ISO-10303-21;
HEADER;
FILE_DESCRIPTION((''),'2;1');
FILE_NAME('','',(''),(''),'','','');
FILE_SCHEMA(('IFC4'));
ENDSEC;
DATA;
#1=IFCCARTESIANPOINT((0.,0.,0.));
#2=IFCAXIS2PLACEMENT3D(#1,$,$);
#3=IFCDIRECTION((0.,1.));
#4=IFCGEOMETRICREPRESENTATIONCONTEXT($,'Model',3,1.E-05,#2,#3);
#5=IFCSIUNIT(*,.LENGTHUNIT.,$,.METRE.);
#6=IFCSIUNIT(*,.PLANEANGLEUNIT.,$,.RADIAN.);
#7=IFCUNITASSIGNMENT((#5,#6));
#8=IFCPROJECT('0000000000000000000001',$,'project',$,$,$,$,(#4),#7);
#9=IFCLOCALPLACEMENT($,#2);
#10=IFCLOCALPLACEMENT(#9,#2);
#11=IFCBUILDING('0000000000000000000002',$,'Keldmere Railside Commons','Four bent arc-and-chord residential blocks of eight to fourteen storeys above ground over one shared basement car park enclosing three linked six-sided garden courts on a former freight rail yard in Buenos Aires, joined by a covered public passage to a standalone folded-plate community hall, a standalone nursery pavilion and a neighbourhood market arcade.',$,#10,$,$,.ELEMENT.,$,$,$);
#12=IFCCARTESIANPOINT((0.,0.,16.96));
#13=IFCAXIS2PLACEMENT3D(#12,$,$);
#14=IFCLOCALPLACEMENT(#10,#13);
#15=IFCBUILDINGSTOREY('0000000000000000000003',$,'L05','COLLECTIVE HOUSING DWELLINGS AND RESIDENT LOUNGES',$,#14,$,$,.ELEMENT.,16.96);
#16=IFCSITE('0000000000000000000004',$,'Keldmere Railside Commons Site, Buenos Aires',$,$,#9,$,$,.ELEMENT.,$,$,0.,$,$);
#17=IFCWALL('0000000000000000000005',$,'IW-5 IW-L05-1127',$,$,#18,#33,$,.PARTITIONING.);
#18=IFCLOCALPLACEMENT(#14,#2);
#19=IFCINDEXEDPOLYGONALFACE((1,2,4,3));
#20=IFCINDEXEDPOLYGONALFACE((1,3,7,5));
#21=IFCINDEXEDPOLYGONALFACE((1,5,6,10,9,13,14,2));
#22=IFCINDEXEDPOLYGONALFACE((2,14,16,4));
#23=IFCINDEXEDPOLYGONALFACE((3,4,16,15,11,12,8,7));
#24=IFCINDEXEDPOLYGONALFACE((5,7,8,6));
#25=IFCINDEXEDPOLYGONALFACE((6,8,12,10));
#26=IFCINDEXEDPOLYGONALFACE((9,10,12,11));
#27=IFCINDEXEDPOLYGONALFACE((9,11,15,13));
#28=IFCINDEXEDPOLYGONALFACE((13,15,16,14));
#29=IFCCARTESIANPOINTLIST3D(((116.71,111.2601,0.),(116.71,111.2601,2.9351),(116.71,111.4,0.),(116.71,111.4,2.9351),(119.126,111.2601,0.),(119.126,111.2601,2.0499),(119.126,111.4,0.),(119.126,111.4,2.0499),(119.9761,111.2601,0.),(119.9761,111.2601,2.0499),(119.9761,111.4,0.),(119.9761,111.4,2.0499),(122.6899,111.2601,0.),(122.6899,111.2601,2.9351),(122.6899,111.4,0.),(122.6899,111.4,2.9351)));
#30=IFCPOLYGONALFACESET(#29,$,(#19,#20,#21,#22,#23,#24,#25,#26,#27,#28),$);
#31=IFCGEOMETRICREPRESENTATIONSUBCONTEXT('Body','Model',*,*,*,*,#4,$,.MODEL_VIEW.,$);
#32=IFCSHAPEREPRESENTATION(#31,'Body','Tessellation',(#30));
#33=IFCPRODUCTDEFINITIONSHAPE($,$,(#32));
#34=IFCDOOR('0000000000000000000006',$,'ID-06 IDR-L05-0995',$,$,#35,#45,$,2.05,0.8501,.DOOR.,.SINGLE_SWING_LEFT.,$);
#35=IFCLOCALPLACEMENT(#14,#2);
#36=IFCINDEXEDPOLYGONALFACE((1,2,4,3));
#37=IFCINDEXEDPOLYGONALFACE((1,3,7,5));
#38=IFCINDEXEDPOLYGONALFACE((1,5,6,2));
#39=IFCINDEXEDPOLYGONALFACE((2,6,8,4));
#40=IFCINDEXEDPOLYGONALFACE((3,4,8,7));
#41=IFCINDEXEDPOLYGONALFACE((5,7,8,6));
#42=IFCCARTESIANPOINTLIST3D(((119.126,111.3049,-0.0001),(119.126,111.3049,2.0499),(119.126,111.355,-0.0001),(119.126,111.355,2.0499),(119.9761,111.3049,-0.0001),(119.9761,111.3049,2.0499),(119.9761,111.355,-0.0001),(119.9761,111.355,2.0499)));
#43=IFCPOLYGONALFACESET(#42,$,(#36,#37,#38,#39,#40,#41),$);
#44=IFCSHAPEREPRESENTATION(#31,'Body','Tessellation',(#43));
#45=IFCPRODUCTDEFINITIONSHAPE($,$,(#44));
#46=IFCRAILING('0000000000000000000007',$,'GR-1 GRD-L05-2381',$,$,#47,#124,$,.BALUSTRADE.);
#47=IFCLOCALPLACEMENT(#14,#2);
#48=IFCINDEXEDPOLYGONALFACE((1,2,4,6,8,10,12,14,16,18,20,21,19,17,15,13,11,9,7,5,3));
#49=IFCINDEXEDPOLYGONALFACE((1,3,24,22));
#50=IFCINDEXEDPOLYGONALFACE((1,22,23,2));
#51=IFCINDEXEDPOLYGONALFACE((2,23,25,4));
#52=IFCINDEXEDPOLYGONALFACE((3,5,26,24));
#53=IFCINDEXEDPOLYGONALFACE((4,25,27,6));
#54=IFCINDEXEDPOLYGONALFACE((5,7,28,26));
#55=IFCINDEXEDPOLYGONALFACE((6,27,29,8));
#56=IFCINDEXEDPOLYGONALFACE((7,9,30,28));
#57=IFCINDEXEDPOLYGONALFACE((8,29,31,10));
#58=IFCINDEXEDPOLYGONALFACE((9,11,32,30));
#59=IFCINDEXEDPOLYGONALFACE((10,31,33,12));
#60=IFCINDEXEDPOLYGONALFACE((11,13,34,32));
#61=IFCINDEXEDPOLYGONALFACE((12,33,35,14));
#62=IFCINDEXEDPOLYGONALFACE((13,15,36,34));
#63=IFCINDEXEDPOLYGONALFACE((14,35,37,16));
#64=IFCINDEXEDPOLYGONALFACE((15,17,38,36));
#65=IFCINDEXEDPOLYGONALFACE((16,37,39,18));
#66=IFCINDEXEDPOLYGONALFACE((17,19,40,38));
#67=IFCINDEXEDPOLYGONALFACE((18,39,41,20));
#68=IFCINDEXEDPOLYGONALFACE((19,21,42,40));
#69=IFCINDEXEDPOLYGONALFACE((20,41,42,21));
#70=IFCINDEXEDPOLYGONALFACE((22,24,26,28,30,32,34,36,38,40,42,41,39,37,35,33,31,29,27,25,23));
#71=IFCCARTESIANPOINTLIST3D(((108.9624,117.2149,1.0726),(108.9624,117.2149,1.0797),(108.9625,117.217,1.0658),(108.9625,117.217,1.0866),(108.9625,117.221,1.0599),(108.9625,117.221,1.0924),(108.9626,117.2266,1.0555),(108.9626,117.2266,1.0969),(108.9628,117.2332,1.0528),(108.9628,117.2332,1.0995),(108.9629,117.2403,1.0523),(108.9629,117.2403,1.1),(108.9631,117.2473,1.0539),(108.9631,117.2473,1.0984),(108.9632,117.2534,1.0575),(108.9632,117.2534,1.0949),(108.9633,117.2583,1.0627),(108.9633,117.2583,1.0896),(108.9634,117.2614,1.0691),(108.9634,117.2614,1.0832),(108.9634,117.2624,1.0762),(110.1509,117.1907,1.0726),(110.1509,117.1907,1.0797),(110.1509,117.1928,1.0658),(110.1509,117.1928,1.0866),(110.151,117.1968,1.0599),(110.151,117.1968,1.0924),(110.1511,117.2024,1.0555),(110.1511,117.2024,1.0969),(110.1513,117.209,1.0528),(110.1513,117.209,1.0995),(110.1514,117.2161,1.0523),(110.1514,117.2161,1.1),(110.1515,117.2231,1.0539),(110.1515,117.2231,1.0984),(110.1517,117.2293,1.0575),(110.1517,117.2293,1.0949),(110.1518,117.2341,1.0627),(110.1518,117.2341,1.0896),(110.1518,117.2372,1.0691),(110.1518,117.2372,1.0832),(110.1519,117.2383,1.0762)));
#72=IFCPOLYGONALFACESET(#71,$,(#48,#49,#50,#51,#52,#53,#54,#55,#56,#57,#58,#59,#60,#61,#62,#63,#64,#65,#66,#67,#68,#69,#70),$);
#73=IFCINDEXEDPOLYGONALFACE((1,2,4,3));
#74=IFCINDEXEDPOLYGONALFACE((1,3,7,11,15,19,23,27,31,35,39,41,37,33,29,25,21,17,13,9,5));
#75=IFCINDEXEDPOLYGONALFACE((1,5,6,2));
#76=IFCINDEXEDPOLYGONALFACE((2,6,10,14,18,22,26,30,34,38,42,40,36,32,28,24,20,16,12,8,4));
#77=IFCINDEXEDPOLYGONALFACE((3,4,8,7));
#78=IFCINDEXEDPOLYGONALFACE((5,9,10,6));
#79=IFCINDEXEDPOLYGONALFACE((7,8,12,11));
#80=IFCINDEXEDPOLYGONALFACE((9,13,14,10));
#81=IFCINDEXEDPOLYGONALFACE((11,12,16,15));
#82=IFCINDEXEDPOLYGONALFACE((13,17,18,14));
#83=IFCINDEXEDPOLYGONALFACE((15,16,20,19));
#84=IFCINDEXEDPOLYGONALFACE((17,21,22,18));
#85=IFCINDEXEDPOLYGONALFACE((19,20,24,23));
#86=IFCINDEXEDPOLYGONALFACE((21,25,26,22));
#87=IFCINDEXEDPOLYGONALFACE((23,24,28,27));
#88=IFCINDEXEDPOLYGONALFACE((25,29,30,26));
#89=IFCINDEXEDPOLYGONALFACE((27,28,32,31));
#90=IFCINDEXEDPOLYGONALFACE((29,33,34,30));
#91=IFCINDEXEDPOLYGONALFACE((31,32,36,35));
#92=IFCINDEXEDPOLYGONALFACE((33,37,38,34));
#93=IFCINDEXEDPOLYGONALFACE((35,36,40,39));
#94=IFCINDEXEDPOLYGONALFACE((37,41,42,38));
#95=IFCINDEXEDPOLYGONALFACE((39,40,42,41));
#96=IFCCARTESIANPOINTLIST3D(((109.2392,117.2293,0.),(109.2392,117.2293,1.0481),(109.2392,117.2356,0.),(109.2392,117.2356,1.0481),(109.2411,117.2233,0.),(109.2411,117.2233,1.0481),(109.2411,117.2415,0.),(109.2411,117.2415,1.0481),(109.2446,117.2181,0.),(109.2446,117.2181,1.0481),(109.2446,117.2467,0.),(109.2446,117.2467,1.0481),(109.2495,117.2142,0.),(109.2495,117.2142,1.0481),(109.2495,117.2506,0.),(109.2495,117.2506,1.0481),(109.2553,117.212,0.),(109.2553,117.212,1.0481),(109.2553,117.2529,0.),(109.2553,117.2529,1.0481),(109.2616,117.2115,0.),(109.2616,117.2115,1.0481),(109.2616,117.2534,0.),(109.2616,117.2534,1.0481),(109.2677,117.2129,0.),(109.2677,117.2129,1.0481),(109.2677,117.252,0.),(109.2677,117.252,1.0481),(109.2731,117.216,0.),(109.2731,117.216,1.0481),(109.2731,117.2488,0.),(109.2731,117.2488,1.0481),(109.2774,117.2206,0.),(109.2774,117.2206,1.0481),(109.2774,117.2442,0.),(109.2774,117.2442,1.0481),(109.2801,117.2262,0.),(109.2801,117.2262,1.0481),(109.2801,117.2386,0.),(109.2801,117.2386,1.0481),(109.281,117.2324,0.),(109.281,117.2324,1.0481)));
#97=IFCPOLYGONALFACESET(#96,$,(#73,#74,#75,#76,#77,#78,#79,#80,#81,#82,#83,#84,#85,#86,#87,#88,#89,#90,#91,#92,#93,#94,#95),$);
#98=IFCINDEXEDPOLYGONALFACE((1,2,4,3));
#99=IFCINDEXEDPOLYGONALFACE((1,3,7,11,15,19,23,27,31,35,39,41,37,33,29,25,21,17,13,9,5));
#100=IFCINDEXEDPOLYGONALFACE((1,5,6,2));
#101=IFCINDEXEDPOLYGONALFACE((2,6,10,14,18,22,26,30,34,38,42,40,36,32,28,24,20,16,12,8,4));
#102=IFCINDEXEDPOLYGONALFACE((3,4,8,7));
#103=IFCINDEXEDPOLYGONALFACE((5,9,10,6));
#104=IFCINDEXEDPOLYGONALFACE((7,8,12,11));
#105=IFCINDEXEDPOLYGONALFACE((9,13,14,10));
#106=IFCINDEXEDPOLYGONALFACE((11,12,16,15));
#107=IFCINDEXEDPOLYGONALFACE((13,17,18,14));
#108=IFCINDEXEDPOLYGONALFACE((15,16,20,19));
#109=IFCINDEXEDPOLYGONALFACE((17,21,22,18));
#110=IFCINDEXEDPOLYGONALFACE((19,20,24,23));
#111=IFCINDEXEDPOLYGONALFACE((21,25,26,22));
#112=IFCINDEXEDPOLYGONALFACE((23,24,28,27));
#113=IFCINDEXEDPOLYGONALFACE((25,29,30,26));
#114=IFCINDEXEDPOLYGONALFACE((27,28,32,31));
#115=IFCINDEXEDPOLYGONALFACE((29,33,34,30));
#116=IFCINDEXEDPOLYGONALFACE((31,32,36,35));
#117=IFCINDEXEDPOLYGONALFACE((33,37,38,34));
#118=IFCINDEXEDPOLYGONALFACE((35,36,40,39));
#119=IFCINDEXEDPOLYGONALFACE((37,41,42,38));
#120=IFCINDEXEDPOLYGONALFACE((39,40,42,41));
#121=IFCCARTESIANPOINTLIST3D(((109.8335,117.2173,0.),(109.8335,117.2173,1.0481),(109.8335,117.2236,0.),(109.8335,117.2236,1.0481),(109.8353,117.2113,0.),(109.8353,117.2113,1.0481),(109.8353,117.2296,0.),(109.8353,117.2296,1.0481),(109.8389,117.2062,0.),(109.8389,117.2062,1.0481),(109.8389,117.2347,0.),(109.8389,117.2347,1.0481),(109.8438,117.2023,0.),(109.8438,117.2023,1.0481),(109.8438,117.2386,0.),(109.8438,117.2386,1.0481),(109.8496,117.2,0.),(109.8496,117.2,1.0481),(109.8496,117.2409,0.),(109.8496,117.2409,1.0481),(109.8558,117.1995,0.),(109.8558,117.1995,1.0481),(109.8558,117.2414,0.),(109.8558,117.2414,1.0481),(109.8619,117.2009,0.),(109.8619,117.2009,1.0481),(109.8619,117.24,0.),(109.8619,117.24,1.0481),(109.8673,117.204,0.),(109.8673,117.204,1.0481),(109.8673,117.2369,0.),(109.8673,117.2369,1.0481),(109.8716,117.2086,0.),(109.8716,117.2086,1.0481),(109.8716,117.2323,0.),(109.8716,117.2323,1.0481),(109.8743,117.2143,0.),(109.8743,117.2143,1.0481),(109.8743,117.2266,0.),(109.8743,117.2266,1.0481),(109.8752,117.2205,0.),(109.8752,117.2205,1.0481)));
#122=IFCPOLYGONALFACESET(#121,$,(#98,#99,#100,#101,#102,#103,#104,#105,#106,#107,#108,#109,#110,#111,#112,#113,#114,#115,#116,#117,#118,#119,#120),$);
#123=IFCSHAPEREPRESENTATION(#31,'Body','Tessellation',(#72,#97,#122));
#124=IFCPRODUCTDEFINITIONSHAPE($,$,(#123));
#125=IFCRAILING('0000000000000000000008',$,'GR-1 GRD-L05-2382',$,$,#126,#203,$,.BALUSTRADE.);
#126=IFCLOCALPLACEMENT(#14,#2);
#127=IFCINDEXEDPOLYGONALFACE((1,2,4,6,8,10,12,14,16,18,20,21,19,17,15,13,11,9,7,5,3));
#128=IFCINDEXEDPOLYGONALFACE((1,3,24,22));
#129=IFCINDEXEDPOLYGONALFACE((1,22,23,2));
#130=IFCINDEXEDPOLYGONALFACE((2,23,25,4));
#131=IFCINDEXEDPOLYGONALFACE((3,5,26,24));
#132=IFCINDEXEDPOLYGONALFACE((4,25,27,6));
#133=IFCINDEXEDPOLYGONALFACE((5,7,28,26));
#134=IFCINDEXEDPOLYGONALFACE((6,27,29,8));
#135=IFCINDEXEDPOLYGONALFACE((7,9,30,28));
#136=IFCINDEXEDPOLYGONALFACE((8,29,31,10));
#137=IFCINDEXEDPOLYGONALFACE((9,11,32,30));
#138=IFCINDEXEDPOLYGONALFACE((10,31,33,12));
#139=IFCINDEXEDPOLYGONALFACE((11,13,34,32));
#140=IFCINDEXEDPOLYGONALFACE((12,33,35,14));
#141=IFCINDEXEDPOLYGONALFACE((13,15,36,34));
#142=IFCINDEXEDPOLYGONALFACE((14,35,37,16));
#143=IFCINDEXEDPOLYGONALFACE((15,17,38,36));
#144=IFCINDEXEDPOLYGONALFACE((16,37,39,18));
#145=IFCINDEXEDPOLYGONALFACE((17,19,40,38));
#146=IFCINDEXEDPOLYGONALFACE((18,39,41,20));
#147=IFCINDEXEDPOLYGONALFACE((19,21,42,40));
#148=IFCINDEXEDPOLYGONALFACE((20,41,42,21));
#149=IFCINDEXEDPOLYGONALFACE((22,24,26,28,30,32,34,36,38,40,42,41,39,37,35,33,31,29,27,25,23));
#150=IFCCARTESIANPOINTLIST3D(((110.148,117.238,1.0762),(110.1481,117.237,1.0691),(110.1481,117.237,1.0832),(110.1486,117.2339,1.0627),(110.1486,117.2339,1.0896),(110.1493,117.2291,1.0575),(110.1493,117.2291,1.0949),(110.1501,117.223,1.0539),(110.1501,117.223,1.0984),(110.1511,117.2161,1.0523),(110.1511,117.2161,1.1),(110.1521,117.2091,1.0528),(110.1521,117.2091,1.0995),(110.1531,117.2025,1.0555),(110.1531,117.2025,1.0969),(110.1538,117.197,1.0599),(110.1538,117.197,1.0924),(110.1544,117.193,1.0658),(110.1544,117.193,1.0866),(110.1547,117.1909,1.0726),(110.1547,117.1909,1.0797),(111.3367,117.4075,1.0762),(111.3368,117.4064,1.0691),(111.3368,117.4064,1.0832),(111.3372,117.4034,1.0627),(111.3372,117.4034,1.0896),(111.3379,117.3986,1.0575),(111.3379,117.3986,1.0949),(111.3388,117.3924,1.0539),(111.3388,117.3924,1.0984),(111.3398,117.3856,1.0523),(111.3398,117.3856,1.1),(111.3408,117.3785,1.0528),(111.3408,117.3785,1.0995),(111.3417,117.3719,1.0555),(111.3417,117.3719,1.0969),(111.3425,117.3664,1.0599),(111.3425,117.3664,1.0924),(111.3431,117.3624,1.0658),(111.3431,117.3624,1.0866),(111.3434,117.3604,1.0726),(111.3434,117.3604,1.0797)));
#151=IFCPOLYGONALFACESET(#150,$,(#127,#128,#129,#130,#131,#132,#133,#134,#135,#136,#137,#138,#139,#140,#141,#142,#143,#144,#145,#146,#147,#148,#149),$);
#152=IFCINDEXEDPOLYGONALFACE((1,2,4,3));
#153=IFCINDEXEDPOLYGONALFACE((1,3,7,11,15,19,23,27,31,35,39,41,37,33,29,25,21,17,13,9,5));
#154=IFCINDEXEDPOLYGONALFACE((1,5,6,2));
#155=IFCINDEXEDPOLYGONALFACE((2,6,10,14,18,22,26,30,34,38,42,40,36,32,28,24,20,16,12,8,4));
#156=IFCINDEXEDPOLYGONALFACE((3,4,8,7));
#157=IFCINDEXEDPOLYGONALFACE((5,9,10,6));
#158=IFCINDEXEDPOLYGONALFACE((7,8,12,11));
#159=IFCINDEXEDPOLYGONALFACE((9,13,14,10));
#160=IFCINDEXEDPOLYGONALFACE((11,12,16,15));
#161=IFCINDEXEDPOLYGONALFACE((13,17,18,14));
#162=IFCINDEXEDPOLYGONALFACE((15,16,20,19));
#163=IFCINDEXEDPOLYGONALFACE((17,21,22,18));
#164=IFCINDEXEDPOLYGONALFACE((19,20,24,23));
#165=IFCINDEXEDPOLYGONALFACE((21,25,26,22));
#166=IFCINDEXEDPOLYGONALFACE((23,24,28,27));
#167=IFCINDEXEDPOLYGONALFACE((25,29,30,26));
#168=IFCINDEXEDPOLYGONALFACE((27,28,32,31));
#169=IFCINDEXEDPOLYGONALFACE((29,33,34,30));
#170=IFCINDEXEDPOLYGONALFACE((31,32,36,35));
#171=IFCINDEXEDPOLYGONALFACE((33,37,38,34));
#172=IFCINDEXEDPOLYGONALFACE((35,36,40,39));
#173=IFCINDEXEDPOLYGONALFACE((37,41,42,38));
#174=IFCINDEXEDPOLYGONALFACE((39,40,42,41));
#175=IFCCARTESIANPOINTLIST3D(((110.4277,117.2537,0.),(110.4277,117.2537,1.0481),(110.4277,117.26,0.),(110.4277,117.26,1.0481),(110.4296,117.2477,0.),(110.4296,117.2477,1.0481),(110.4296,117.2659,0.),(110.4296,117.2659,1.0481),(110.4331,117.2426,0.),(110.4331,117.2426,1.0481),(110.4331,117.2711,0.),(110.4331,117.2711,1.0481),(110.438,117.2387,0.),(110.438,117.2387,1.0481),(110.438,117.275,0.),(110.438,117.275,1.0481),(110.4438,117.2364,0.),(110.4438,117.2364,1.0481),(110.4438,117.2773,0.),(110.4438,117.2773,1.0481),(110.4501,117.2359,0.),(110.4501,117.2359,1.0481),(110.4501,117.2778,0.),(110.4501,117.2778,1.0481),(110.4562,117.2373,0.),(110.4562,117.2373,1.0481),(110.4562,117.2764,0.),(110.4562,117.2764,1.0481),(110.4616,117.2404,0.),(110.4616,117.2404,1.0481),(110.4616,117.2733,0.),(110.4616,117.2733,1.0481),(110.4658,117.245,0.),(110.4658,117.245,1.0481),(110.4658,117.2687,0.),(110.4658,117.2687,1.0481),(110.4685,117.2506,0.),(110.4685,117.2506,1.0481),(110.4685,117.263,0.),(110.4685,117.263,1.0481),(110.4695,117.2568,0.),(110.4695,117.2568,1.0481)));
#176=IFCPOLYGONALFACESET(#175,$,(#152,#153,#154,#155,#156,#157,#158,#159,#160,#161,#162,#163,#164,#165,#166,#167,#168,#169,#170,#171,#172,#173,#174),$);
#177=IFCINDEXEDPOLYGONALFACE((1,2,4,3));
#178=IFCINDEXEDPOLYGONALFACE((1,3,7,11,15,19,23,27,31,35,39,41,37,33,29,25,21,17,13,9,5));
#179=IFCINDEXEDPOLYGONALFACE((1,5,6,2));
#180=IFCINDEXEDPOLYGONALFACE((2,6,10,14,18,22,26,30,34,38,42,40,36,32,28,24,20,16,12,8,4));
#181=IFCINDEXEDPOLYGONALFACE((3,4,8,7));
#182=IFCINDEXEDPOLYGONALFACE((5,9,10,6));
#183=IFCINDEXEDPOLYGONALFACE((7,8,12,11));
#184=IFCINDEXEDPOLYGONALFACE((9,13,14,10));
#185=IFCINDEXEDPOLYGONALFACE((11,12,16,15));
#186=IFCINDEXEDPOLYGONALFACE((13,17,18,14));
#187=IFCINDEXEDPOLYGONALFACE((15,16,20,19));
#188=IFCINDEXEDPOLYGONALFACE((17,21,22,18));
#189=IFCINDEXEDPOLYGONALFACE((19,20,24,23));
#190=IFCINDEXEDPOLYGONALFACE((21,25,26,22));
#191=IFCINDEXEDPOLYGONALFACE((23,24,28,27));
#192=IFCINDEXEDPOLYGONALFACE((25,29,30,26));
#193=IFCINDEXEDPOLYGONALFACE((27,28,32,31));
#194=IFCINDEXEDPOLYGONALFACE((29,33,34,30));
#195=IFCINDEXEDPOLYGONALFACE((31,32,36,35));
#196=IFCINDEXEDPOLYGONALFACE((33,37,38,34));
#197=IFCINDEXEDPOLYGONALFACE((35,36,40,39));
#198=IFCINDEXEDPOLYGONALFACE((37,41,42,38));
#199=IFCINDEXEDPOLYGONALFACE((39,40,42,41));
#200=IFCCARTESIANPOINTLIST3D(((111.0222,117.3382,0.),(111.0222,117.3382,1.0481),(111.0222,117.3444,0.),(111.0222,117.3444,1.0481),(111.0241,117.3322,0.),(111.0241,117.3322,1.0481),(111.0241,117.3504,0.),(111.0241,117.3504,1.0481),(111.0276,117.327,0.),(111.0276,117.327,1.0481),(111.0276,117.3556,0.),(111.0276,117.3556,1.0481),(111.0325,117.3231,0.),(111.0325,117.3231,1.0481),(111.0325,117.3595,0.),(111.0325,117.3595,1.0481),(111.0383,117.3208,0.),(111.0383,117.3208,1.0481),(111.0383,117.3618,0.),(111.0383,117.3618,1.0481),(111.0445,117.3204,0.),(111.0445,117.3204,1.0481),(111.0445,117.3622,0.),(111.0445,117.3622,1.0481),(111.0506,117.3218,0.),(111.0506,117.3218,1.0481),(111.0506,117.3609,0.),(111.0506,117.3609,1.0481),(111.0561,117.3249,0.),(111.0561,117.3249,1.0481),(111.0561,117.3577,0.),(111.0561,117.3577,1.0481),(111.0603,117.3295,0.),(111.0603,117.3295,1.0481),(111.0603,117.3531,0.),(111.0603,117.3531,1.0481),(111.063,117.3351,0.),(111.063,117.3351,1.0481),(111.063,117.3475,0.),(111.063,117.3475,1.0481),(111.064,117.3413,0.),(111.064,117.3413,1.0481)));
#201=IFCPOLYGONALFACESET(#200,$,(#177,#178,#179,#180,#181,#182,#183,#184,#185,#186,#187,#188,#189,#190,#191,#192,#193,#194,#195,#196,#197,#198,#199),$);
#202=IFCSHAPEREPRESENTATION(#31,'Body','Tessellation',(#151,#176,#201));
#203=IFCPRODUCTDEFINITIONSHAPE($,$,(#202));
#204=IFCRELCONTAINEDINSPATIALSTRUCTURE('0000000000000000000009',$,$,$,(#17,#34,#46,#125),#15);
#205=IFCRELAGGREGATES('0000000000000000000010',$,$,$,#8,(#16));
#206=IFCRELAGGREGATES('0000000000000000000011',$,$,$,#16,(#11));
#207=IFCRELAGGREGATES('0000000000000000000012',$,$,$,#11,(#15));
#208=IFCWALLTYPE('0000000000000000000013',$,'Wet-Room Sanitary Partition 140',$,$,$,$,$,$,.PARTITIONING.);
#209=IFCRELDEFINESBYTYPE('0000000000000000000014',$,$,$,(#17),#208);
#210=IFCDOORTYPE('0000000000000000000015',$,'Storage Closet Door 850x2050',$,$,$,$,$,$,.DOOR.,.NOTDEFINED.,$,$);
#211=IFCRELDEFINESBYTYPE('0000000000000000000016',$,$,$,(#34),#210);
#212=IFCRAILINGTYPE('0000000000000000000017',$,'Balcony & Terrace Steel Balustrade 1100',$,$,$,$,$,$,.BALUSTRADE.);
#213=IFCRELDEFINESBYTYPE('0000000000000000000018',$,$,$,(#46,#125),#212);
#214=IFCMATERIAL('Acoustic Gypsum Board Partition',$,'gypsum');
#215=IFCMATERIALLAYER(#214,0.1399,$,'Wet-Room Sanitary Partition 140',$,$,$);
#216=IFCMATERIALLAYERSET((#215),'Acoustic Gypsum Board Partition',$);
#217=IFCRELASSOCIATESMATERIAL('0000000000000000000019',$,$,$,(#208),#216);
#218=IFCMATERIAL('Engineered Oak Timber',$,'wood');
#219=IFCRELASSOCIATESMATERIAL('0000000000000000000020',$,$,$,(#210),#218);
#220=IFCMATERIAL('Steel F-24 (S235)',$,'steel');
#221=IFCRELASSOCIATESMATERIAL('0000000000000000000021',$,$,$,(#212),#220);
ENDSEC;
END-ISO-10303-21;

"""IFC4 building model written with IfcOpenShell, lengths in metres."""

from ifc_helpers import new_model, si_unit, direction, frame, frame_2d, origin, origin_2d, place, context, subcontext, project, spatial, rectangle, circle, extrude, material, layer, layer_set, type_object, element, fill, save


model = new_model("IFC4")

# Units and contexts
model_context = context("Model", 3, precision=1e-05, world=origin(), true_north=direction((0.0, 1.0)))
body_context = subcontext(model_context, "Body", "Model", "MODEL_VIEW")
ifc_project = project(units=[si_unit("LENGTHUNIT", "METRE"), si_unit("PLANEANGLEUNIT", "RADIAN")], contexts=[model_context])

# Site, building, storey
site_placement = place(None, origin())
site = spatial("IfcSite", under=ifc_project, at=site_placement, Name="Keldmere Railside Commons Site, Buenos Aires", CompositionType="ELEMENT", RefElevation=0.0)
building_placement = place(site_placement, origin())
building = spatial("IfcBuilding", under=site, at=building_placement, Name="Keldmere Railside Commons", Description="Four bent arc-and-chord residential blocks of eight to fourteen storeys above ground over one shared basement car park enclosing three linked six-sided garden courts on a former freight rail yard in Buenos Aires, joined by a covered public passage to a standalone folded-plate community hall, a standalone nursery pavilion and a neighbourhood market arcade.", CompositionType="ELEMENT")
storey_placement = place(building_placement, frame((0.0, 0.0, 16.96)))
storey = spatial("IfcBuildingStorey", under=building, at=storey_placement, Name="L05", Description="COLLECTIVE HOUSING DWELLINGS AND RESIDENT LOUNGES", CompositionType="ELEMENT", Elevation=16.96)

# Shared definitions
ifc_material_1 = material(Name="Acoustic Gypsum Board Partition", Category="gypsum")
ifc_material_2 = material(Name="Engineered Oak Timber", Category="wood")

# Shared definitions
ifc_material_3 = material(Name="Steel F-24 (S235)", Category="steel")

# Wall, opening, door
ifc_layer_1 = layer(ifc_material_1, 0.1399, Name="Wet-Room Sanitary Partition 140")
ifc_layer_set_1 = layer_set([ifc_layer_1], Name="Acoustic Gypsum Board Partition")
wall_type_1 = type_object("IfcWallType", Name="Wet-Room Sanitary Partition 140", PredefinedType="PARTITIONING", material=ifc_layer_set_1)
wall_1_placement = place(storey_placement, frame((116.71, 111.3301, 0.0), z_axis=(0.0, 0.0, 1.0), x_axis=(1.0, 0.0, 0.0)))
wall_1 = element("IfcWall", 1, at=wall_1_placement, inside=storey, type_object=wall_type_1, Name="IW-5 IW-L05-1127", PredefinedType="PARTITIONING", context=body_context, shape_type="SweptSolid", body=[
    extrude(rectangle(XDim=5.98, YDim=0.1399, at=frame_2d((2.99, 0.0))), origin(), (0.0, 0.0, 1.0), 2.9351),
])
opening_1_placement = place(wall_1_placement, frame((2.416, 0.0, 0.0)))
opening_1 = element("IfcOpeningElement", 2, at=opening_1_placement, cuts=wall_1, PredefinedType="OPENING", context=body_context, shape_type="SweptSolid", body=[
    extrude(rectangle(XDim=0.8501, YDim=2.05, at=frame_2d((0.425, 1.0249))), frame((0.0, 0.0798, 0.0), z_axis=(0.0, -1.0, 0.0), x_axis=(1.0, 0.0, 0.0)), (0.0, 0.0, 1.0), 0.1599),
])
door_type_1 = type_object("IfcDoorType", Name="Storage Closet Door 850x2050", OperationType="NOTDEFINED", PredefinedType="DOOR", material=ifc_material_2)
door_1_placement = place(opening_1_placement, origin())
door_1 = element("IfcDoor", 3, at=door_1_placement, inside=storey, type_object=door_type_1, Name="ID-06 IDR-L05-0995", OperationType="SINGLE_SWING_LEFT", OverallHeight=2.05, OverallWidth=0.8501, PredefinedType="DOOR", context=body_context, shape_type="SweptSolid", body=[
    extrude(rectangle(XDim=0.8501, YDim=2.05, at=frame_2d((0.425, 1.0249))), frame((0.0, 0.0249, 0.0), z_axis=(0.0, -1.0, 0.0), x_axis=(1.0, 0.0, 0.0)), (0.0, 0.0, 1.0), 0.05),
])
fill(opening_1, door_1)

# Railings
railing_type = type_object("IfcRailingType", Name="Balcony & Terrace Steel Balustrade 1100", PredefinedType="BALUSTRADE", material=ifc_material_3)
railing_1_placement = place(storey_placement, frame((108.9629, 117.2385, 0.0)))
element("IfcRailing", 4, at=railing_1_placement, inside=storey, type_object=railing_type, Name="GR-1 GRD-L05-2381", PredefinedType="BALUSTRADE", context=body_context, shape_type="SweptSolid", body=[
    extrude(circle(Radius=0.0239, at=origin_2d()), frame((0.0, 0.0, 1.0762), z_axis=(0.999793, -0.020333, 0.0), x_axis=(0.020333, 0.999793, 0.0)), (0.0, 0.0, 1.0), 1.1887),
    extrude(circle(Radius=0.021, at=origin_2d()), frame((0.2971, -0.0061, 0.0)), (0.0, 0.0, 1.0), 1.0481),
    extrude(circle(Radius=0.021, at=origin_2d()), frame((0.8914, -0.0181, 0.0)), (0.0, 0.0, 1.0), 1.0481),
])
railing_2_placement = place(storey_placement, frame((110.1514, 117.2144, 0.0)))
element("IfcRailing", 5, at=railing_2_placement, inside=storey, type_object=railing_type, Name="GR-1 GRD-L05-2382", PredefinedType="BALUSTRADE", context=body_context, shape_type="SweptSolid", body=[
    extrude(circle(Radius=0.0239, at=origin_2d()), frame((0.0, 0.0, 1.0762), z_axis=(0.989994, 0.141108, 0.0), x_axis=(-0.141108, 0.989994, 0.0)), (0.0, 0.0, 1.0), 1.2007),
    extrude(circle(Radius=0.021, at=origin_2d()), frame((0.2971, 0.0425, 0.0)), (0.0, 0.0, 1.0), 1.0481),
    extrude(circle(Radius=0.021, at=origin_2d()), frame((0.8916, 0.127, 0.0)), (0.0, 0.0, 1.0), 1.0481),
])

save(model, "model.ifc")
